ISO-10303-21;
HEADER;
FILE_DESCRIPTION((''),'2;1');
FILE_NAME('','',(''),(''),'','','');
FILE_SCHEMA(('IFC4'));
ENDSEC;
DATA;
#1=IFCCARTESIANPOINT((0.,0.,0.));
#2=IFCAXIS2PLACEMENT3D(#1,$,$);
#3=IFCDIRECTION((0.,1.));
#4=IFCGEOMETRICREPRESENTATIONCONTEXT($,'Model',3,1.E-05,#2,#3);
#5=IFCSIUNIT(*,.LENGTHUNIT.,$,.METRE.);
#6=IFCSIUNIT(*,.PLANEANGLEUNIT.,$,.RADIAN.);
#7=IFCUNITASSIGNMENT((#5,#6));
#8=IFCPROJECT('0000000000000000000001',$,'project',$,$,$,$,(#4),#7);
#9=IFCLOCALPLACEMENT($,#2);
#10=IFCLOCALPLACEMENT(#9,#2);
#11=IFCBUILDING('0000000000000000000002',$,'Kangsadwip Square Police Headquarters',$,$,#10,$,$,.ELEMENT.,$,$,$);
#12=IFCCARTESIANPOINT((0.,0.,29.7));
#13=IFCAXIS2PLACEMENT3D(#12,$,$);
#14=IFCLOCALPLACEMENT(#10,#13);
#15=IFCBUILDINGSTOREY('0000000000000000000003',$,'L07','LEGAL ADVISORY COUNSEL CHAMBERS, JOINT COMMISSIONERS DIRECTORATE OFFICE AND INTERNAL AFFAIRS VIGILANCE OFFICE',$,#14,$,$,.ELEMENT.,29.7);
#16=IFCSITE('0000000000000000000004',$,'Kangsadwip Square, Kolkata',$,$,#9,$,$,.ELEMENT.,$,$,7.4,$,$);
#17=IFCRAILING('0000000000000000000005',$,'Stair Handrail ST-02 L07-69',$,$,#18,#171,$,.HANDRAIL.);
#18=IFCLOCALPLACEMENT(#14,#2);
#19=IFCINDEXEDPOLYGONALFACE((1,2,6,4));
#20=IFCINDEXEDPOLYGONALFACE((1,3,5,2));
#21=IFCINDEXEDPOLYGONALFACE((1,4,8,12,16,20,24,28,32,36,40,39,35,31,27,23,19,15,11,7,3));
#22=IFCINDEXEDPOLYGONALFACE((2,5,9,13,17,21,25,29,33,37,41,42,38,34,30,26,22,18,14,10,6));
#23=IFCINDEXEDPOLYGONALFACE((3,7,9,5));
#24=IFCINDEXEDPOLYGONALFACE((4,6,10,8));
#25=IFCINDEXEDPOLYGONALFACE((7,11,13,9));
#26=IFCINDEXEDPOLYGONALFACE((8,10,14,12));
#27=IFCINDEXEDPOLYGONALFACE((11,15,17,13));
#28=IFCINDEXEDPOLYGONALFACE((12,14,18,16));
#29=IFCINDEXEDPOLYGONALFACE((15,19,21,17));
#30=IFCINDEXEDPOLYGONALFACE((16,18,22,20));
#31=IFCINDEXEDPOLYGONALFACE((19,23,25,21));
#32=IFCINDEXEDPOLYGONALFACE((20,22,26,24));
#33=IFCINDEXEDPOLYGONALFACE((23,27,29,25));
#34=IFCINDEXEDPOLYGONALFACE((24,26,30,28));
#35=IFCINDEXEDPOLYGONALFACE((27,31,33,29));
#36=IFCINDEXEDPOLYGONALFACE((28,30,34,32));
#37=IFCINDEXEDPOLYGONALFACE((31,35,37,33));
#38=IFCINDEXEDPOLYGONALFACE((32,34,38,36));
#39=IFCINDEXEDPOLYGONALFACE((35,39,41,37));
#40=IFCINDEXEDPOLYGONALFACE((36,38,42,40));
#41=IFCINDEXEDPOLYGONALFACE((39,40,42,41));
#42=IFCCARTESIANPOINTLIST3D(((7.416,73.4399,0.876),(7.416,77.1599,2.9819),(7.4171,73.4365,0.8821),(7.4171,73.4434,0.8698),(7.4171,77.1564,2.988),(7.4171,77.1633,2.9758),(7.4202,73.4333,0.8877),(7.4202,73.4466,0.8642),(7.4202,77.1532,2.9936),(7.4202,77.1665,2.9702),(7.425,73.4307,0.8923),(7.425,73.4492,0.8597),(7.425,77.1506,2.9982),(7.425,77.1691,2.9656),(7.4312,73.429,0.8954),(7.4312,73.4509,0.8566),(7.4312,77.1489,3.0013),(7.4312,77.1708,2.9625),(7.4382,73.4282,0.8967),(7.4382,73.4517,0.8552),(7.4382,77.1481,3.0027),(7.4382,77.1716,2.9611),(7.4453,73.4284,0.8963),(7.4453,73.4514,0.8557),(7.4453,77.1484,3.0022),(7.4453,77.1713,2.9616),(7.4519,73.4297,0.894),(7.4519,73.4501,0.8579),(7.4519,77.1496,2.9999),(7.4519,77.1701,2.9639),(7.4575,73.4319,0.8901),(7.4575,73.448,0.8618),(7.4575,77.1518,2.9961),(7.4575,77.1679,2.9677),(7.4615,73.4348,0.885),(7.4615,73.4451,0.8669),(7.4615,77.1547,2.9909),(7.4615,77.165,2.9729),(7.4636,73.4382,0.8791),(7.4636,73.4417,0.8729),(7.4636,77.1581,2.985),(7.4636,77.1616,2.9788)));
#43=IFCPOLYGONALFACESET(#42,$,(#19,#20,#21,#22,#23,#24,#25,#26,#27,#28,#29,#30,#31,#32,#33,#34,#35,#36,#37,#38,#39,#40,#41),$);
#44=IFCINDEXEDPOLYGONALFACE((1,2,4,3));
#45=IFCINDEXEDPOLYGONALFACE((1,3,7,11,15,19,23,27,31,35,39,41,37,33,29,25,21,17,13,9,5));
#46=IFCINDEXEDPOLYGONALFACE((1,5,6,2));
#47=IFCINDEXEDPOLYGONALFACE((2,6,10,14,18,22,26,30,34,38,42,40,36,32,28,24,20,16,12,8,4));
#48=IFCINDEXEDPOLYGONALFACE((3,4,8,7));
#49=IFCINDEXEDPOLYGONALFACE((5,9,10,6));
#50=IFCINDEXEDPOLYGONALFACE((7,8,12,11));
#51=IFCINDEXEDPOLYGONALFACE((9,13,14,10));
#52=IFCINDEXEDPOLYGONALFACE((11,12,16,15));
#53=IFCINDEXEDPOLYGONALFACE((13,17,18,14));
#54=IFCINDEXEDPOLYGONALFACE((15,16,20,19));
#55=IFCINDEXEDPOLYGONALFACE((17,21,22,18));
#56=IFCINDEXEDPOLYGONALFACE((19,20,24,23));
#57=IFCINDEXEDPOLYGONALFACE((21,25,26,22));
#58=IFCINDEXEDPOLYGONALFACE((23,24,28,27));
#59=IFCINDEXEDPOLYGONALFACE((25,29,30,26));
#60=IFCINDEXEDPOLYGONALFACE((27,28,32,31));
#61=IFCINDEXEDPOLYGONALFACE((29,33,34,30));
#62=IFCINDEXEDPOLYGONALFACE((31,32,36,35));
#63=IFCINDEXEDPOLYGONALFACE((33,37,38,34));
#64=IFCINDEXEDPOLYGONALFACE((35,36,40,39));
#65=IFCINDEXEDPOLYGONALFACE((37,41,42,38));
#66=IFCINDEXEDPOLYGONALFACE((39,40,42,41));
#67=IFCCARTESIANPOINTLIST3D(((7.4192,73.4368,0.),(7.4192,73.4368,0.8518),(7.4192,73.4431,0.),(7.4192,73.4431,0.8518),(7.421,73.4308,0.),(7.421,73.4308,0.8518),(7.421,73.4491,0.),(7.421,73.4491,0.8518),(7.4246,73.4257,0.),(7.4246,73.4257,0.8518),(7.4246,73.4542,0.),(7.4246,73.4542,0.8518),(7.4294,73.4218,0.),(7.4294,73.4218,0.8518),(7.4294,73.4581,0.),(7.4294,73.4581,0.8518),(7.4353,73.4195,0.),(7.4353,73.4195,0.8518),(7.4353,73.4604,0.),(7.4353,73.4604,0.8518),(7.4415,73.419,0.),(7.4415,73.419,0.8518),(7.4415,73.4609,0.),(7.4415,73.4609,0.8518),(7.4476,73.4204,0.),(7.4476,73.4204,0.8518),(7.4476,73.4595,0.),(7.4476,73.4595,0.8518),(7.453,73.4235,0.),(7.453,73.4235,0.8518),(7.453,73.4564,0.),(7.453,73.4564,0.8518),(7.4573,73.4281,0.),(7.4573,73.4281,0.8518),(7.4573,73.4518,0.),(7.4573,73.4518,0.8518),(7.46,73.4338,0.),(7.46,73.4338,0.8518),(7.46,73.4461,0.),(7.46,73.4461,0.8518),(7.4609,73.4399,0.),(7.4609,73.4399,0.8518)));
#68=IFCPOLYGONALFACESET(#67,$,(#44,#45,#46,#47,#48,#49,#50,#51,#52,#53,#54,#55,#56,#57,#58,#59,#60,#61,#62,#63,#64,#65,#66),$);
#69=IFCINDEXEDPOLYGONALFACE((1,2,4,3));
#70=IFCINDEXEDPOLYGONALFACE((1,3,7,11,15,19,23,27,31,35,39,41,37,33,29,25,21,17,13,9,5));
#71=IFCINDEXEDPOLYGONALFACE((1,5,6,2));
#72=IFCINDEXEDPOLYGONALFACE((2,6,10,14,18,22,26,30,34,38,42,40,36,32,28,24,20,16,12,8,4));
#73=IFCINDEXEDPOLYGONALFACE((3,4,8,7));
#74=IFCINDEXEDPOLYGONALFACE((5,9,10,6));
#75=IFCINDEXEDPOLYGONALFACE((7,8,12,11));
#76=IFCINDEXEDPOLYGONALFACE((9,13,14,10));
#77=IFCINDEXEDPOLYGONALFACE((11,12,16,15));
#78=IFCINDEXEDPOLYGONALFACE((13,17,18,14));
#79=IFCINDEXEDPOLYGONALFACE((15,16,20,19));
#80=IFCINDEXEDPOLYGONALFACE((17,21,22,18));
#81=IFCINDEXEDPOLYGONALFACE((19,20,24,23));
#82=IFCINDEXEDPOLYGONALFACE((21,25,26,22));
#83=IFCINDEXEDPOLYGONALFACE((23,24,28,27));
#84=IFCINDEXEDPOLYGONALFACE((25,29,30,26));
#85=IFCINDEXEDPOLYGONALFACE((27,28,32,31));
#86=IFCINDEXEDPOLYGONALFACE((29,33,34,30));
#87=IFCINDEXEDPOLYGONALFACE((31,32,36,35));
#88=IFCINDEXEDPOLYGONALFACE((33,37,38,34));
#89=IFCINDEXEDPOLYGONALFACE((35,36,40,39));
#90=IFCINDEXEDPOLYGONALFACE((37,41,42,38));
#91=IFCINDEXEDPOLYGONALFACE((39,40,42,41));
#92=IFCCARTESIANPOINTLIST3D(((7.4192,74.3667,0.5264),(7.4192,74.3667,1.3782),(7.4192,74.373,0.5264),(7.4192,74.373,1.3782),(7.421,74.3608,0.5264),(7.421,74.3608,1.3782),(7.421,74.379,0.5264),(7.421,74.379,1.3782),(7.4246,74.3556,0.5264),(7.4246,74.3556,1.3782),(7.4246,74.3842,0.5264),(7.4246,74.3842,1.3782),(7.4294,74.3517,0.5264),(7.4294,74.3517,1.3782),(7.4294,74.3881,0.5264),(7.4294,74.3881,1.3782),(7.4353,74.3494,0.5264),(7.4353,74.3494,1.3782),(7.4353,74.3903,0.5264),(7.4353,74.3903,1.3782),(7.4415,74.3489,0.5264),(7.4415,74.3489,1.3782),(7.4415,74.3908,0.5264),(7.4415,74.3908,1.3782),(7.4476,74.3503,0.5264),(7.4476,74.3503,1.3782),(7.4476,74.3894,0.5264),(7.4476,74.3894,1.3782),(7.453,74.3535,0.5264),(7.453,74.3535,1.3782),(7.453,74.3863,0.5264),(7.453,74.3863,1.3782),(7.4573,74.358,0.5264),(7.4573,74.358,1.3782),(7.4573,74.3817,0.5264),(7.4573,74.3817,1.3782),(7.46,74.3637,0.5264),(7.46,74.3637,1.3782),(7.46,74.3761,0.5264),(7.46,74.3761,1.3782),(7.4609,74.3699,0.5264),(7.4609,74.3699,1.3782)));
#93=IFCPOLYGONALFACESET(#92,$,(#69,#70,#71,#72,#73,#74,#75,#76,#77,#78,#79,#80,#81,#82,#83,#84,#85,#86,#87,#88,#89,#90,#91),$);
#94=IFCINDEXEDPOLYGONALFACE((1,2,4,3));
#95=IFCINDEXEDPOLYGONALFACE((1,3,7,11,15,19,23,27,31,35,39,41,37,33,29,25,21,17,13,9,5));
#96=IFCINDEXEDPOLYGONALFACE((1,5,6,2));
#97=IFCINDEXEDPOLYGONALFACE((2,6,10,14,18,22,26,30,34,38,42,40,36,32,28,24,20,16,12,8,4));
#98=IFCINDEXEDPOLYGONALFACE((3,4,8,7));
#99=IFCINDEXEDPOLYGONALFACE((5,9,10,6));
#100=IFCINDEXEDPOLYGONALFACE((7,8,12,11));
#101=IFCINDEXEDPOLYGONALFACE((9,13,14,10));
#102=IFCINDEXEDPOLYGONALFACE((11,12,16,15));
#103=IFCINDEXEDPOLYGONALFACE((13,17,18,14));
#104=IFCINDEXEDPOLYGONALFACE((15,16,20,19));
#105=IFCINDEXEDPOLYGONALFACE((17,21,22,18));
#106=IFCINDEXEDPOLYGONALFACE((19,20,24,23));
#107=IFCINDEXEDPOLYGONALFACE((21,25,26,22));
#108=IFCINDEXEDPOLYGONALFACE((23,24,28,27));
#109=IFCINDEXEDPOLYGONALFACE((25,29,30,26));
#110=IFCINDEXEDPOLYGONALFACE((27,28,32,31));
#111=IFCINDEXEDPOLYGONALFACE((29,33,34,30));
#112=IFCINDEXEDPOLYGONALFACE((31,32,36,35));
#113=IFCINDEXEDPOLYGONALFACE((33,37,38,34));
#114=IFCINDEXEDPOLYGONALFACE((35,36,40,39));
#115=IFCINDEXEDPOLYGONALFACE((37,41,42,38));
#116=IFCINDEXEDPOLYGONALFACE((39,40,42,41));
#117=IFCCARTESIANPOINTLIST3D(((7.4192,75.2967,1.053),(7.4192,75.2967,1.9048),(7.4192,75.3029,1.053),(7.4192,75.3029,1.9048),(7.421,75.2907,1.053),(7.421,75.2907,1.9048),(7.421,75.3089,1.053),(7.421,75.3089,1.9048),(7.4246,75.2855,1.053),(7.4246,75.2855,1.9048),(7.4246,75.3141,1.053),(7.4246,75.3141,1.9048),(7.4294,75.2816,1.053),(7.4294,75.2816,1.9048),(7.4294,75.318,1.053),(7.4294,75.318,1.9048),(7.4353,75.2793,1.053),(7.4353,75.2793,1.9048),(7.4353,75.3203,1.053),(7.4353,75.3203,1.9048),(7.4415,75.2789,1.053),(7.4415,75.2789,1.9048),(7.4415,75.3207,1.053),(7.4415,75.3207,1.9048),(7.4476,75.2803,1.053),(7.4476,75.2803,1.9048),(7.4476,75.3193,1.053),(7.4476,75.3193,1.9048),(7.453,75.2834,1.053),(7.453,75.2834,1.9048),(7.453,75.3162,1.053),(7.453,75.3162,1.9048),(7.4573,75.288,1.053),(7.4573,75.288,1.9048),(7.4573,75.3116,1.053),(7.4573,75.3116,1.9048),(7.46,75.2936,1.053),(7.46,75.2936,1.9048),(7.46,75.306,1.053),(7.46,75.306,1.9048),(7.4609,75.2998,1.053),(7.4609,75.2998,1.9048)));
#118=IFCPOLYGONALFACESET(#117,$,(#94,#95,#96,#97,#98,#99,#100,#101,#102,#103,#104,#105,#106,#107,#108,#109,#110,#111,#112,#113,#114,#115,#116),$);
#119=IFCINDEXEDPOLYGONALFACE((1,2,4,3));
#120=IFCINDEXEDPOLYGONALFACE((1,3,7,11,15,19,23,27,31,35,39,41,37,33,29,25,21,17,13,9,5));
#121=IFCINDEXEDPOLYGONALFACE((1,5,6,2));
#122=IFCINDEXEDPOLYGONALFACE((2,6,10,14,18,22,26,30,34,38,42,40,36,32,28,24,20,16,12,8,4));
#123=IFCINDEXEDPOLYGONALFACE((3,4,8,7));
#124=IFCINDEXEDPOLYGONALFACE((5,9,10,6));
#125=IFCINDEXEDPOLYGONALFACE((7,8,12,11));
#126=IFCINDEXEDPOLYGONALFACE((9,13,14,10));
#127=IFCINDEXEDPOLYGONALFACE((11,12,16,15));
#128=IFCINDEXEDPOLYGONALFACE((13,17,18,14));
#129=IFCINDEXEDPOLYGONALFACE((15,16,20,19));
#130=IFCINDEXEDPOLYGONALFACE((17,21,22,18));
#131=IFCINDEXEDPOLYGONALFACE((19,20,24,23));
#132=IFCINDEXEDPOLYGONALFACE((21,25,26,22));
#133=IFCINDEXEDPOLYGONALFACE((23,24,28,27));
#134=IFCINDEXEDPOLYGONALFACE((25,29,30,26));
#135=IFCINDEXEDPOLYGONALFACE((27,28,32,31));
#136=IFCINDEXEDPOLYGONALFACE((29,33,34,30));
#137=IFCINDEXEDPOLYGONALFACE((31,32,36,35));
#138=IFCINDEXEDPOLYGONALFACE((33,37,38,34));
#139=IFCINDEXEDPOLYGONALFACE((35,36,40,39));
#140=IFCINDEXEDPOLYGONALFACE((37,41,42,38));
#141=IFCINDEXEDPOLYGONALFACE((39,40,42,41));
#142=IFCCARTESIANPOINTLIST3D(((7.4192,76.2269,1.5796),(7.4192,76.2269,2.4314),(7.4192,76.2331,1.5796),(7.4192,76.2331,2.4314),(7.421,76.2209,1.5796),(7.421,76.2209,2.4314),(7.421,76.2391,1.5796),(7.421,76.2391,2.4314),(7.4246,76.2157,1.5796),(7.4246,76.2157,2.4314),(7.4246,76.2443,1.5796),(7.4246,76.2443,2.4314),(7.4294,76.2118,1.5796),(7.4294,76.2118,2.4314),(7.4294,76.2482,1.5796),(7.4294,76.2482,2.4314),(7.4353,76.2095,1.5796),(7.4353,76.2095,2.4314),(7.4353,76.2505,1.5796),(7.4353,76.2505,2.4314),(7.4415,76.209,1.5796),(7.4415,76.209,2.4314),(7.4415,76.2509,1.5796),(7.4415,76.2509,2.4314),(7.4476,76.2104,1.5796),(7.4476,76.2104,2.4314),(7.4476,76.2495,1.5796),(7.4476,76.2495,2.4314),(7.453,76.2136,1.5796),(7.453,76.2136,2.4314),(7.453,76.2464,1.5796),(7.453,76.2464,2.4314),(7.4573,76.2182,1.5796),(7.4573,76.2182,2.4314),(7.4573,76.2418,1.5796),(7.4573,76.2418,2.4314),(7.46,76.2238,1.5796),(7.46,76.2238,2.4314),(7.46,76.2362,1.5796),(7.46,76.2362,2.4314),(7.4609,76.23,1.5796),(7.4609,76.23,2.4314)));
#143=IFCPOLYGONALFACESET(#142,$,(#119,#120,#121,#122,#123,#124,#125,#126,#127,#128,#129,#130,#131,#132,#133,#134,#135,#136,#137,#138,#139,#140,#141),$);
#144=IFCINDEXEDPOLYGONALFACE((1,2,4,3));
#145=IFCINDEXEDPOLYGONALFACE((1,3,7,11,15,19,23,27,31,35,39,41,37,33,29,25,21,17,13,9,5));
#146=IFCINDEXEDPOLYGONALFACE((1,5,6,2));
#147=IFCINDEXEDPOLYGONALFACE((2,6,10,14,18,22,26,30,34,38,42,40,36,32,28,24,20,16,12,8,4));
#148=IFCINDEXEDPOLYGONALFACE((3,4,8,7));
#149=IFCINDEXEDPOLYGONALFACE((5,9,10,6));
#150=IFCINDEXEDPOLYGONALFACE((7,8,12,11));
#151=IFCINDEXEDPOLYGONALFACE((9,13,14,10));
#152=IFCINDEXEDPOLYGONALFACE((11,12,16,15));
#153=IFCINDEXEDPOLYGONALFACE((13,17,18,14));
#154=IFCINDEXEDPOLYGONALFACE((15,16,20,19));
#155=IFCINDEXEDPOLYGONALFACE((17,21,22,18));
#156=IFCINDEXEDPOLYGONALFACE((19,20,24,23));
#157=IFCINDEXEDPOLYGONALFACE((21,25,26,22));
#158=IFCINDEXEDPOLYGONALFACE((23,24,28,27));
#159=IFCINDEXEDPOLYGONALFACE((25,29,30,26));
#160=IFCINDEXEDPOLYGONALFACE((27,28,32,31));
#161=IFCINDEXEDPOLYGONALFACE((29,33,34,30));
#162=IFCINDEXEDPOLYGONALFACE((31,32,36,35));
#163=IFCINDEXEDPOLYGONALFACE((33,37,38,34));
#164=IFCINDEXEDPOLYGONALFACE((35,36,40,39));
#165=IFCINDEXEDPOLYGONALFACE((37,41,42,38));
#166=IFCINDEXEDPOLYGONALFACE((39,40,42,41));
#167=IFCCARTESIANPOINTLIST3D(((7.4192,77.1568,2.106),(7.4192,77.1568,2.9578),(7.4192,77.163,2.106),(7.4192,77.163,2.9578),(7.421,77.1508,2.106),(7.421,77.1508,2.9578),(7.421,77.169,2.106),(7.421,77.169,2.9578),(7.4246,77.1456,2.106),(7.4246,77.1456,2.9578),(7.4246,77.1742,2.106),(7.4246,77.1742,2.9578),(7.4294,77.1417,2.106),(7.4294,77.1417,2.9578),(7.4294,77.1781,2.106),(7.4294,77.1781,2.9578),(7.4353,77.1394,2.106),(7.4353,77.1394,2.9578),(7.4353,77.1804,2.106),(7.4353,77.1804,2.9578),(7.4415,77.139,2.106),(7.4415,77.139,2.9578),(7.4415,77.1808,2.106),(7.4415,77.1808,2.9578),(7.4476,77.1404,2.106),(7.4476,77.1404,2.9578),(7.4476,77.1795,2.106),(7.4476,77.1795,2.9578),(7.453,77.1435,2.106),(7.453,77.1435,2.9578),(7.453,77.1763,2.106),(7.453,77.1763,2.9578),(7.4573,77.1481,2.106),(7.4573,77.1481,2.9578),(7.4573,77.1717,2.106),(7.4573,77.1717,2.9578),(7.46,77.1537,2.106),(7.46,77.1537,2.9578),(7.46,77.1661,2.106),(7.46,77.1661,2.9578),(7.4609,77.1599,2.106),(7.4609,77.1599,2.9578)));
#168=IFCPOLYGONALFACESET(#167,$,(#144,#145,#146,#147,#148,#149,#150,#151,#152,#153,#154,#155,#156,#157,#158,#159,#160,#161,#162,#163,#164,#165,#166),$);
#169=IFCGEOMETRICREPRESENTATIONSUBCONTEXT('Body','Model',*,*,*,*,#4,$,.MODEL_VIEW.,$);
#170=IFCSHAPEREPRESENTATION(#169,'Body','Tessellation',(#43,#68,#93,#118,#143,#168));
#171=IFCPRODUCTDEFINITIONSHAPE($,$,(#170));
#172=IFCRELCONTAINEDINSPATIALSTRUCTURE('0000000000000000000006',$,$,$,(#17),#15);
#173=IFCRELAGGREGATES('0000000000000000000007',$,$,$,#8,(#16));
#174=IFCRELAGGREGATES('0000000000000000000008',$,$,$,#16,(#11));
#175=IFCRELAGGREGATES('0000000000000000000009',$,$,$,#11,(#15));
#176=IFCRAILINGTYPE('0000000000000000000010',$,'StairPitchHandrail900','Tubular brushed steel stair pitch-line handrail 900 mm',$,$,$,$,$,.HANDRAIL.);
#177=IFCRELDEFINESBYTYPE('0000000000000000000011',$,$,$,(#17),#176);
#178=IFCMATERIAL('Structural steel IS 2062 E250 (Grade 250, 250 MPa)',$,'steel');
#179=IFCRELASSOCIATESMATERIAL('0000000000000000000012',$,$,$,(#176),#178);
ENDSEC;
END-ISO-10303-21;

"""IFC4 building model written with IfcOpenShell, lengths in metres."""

from ifc_helpers import new_model, si_unit, direction, frame, origin, origin_2d, place, context, subcontext, project, spatial, circle, extrude, material, type_object, element, save


model = new_model("IFC4")

# Units and contexts
model_context = context("Model", 3, precision=1e-05, world=origin(), true_north=direction((0.0, 1.0)))
body_context = subcontext(model_context, "Body", "Model", "MODEL_VIEW")
ifc_project = project(units=[si_unit("LENGTHUNIT", "METRE"), si_unit("PLANEANGLEUNIT", "RADIAN")], contexts=[model_context])

# Site, building, storey
site_placement = place(None, origin())
site = spatial("IfcSite", under=ifc_project, at=site_placement, Name="Kangsadwip Square, Kolkata", CompositionType="ELEMENT", RefElevation=7.4)
building_placement = place(site_placement, origin())
building = spatial("IfcBuilding", under=site, at=building_placement, Name="Kangsadwip Square Police Headquarters", CompositionType="ELEMENT")
storey_placement = place(building_placement, frame((0.0, 0.0, 29.7)))
storey = spatial("IfcBuildingStorey", under=building, at=storey_placement, Name="L07", Description="LEGAL ADVISORY COUNSEL CHAMBERS, JOINT COMMISSIONERS DIRECTORATE OFFICE AND INTERNAL AFFAIRS VIGILANCE OFFICE", CompositionType="ELEMENT", Elevation=29.7)

# Railing
ifc_material_1 = material(Name="Structural steel IS 2062 E250 (Grade 250, 250 MPa)", Category="steel")
railing_type_1 = type_object("IfcRailingType", Name="StairPitchHandrail900", Description="Tubular brushed steel stair pitch-line handrail 900 mm", PredefinedType="HANDRAIL", material=ifc_material_1)
railing_1_placement = place(storey_placement, frame((7.4399, 73.4399, 0.0)))
element("IfcRailing", 1, at=railing_1_placement, inside=storey, type_object=railing_type_1, Name="Stair Handrail ST-02 L07-69", PredefinedType="HANDRAIL", context=body_context, shape_type="SweptSolid", body=[
    extrude(circle(Radius=0.0239, at=origin_2d()), frame((0.0, 0.0, 0.876), z_axis=(0.0, 0.870225, 0.492654), x_axis=(-1.0, 0.0, 0.0)), (0.0, 0.0, 1.0), 4.2747),
    extrude(circle(Radius=0.021, at=origin_2d()), origin(), (0.0, 0.0, 1.0), 0.8518),
    extrude(circle(Radius=0.021, at=origin_2d()), frame((0.0, 0.9299, 0.5264)), (0.0, 0.0, 1.0), 0.8518),
    extrude(circle(Radius=0.021, at=origin_2d()), frame((0.0, 1.8599, 1.053)), (0.0, 0.0, 1.0), 0.8518),
    extrude(circle(Radius=0.021, at=origin_2d()), frame((0.0, 2.79, 1.5796)), (0.0, 0.0, 1.0), 0.8518),
    extrude(circle(Radius=0.021, at=origin_2d()), frame((0.0, 3.72, 2.106)), (0.0, 0.0, 1.0), 0.8518),
])

save(model, "model.ifc")
